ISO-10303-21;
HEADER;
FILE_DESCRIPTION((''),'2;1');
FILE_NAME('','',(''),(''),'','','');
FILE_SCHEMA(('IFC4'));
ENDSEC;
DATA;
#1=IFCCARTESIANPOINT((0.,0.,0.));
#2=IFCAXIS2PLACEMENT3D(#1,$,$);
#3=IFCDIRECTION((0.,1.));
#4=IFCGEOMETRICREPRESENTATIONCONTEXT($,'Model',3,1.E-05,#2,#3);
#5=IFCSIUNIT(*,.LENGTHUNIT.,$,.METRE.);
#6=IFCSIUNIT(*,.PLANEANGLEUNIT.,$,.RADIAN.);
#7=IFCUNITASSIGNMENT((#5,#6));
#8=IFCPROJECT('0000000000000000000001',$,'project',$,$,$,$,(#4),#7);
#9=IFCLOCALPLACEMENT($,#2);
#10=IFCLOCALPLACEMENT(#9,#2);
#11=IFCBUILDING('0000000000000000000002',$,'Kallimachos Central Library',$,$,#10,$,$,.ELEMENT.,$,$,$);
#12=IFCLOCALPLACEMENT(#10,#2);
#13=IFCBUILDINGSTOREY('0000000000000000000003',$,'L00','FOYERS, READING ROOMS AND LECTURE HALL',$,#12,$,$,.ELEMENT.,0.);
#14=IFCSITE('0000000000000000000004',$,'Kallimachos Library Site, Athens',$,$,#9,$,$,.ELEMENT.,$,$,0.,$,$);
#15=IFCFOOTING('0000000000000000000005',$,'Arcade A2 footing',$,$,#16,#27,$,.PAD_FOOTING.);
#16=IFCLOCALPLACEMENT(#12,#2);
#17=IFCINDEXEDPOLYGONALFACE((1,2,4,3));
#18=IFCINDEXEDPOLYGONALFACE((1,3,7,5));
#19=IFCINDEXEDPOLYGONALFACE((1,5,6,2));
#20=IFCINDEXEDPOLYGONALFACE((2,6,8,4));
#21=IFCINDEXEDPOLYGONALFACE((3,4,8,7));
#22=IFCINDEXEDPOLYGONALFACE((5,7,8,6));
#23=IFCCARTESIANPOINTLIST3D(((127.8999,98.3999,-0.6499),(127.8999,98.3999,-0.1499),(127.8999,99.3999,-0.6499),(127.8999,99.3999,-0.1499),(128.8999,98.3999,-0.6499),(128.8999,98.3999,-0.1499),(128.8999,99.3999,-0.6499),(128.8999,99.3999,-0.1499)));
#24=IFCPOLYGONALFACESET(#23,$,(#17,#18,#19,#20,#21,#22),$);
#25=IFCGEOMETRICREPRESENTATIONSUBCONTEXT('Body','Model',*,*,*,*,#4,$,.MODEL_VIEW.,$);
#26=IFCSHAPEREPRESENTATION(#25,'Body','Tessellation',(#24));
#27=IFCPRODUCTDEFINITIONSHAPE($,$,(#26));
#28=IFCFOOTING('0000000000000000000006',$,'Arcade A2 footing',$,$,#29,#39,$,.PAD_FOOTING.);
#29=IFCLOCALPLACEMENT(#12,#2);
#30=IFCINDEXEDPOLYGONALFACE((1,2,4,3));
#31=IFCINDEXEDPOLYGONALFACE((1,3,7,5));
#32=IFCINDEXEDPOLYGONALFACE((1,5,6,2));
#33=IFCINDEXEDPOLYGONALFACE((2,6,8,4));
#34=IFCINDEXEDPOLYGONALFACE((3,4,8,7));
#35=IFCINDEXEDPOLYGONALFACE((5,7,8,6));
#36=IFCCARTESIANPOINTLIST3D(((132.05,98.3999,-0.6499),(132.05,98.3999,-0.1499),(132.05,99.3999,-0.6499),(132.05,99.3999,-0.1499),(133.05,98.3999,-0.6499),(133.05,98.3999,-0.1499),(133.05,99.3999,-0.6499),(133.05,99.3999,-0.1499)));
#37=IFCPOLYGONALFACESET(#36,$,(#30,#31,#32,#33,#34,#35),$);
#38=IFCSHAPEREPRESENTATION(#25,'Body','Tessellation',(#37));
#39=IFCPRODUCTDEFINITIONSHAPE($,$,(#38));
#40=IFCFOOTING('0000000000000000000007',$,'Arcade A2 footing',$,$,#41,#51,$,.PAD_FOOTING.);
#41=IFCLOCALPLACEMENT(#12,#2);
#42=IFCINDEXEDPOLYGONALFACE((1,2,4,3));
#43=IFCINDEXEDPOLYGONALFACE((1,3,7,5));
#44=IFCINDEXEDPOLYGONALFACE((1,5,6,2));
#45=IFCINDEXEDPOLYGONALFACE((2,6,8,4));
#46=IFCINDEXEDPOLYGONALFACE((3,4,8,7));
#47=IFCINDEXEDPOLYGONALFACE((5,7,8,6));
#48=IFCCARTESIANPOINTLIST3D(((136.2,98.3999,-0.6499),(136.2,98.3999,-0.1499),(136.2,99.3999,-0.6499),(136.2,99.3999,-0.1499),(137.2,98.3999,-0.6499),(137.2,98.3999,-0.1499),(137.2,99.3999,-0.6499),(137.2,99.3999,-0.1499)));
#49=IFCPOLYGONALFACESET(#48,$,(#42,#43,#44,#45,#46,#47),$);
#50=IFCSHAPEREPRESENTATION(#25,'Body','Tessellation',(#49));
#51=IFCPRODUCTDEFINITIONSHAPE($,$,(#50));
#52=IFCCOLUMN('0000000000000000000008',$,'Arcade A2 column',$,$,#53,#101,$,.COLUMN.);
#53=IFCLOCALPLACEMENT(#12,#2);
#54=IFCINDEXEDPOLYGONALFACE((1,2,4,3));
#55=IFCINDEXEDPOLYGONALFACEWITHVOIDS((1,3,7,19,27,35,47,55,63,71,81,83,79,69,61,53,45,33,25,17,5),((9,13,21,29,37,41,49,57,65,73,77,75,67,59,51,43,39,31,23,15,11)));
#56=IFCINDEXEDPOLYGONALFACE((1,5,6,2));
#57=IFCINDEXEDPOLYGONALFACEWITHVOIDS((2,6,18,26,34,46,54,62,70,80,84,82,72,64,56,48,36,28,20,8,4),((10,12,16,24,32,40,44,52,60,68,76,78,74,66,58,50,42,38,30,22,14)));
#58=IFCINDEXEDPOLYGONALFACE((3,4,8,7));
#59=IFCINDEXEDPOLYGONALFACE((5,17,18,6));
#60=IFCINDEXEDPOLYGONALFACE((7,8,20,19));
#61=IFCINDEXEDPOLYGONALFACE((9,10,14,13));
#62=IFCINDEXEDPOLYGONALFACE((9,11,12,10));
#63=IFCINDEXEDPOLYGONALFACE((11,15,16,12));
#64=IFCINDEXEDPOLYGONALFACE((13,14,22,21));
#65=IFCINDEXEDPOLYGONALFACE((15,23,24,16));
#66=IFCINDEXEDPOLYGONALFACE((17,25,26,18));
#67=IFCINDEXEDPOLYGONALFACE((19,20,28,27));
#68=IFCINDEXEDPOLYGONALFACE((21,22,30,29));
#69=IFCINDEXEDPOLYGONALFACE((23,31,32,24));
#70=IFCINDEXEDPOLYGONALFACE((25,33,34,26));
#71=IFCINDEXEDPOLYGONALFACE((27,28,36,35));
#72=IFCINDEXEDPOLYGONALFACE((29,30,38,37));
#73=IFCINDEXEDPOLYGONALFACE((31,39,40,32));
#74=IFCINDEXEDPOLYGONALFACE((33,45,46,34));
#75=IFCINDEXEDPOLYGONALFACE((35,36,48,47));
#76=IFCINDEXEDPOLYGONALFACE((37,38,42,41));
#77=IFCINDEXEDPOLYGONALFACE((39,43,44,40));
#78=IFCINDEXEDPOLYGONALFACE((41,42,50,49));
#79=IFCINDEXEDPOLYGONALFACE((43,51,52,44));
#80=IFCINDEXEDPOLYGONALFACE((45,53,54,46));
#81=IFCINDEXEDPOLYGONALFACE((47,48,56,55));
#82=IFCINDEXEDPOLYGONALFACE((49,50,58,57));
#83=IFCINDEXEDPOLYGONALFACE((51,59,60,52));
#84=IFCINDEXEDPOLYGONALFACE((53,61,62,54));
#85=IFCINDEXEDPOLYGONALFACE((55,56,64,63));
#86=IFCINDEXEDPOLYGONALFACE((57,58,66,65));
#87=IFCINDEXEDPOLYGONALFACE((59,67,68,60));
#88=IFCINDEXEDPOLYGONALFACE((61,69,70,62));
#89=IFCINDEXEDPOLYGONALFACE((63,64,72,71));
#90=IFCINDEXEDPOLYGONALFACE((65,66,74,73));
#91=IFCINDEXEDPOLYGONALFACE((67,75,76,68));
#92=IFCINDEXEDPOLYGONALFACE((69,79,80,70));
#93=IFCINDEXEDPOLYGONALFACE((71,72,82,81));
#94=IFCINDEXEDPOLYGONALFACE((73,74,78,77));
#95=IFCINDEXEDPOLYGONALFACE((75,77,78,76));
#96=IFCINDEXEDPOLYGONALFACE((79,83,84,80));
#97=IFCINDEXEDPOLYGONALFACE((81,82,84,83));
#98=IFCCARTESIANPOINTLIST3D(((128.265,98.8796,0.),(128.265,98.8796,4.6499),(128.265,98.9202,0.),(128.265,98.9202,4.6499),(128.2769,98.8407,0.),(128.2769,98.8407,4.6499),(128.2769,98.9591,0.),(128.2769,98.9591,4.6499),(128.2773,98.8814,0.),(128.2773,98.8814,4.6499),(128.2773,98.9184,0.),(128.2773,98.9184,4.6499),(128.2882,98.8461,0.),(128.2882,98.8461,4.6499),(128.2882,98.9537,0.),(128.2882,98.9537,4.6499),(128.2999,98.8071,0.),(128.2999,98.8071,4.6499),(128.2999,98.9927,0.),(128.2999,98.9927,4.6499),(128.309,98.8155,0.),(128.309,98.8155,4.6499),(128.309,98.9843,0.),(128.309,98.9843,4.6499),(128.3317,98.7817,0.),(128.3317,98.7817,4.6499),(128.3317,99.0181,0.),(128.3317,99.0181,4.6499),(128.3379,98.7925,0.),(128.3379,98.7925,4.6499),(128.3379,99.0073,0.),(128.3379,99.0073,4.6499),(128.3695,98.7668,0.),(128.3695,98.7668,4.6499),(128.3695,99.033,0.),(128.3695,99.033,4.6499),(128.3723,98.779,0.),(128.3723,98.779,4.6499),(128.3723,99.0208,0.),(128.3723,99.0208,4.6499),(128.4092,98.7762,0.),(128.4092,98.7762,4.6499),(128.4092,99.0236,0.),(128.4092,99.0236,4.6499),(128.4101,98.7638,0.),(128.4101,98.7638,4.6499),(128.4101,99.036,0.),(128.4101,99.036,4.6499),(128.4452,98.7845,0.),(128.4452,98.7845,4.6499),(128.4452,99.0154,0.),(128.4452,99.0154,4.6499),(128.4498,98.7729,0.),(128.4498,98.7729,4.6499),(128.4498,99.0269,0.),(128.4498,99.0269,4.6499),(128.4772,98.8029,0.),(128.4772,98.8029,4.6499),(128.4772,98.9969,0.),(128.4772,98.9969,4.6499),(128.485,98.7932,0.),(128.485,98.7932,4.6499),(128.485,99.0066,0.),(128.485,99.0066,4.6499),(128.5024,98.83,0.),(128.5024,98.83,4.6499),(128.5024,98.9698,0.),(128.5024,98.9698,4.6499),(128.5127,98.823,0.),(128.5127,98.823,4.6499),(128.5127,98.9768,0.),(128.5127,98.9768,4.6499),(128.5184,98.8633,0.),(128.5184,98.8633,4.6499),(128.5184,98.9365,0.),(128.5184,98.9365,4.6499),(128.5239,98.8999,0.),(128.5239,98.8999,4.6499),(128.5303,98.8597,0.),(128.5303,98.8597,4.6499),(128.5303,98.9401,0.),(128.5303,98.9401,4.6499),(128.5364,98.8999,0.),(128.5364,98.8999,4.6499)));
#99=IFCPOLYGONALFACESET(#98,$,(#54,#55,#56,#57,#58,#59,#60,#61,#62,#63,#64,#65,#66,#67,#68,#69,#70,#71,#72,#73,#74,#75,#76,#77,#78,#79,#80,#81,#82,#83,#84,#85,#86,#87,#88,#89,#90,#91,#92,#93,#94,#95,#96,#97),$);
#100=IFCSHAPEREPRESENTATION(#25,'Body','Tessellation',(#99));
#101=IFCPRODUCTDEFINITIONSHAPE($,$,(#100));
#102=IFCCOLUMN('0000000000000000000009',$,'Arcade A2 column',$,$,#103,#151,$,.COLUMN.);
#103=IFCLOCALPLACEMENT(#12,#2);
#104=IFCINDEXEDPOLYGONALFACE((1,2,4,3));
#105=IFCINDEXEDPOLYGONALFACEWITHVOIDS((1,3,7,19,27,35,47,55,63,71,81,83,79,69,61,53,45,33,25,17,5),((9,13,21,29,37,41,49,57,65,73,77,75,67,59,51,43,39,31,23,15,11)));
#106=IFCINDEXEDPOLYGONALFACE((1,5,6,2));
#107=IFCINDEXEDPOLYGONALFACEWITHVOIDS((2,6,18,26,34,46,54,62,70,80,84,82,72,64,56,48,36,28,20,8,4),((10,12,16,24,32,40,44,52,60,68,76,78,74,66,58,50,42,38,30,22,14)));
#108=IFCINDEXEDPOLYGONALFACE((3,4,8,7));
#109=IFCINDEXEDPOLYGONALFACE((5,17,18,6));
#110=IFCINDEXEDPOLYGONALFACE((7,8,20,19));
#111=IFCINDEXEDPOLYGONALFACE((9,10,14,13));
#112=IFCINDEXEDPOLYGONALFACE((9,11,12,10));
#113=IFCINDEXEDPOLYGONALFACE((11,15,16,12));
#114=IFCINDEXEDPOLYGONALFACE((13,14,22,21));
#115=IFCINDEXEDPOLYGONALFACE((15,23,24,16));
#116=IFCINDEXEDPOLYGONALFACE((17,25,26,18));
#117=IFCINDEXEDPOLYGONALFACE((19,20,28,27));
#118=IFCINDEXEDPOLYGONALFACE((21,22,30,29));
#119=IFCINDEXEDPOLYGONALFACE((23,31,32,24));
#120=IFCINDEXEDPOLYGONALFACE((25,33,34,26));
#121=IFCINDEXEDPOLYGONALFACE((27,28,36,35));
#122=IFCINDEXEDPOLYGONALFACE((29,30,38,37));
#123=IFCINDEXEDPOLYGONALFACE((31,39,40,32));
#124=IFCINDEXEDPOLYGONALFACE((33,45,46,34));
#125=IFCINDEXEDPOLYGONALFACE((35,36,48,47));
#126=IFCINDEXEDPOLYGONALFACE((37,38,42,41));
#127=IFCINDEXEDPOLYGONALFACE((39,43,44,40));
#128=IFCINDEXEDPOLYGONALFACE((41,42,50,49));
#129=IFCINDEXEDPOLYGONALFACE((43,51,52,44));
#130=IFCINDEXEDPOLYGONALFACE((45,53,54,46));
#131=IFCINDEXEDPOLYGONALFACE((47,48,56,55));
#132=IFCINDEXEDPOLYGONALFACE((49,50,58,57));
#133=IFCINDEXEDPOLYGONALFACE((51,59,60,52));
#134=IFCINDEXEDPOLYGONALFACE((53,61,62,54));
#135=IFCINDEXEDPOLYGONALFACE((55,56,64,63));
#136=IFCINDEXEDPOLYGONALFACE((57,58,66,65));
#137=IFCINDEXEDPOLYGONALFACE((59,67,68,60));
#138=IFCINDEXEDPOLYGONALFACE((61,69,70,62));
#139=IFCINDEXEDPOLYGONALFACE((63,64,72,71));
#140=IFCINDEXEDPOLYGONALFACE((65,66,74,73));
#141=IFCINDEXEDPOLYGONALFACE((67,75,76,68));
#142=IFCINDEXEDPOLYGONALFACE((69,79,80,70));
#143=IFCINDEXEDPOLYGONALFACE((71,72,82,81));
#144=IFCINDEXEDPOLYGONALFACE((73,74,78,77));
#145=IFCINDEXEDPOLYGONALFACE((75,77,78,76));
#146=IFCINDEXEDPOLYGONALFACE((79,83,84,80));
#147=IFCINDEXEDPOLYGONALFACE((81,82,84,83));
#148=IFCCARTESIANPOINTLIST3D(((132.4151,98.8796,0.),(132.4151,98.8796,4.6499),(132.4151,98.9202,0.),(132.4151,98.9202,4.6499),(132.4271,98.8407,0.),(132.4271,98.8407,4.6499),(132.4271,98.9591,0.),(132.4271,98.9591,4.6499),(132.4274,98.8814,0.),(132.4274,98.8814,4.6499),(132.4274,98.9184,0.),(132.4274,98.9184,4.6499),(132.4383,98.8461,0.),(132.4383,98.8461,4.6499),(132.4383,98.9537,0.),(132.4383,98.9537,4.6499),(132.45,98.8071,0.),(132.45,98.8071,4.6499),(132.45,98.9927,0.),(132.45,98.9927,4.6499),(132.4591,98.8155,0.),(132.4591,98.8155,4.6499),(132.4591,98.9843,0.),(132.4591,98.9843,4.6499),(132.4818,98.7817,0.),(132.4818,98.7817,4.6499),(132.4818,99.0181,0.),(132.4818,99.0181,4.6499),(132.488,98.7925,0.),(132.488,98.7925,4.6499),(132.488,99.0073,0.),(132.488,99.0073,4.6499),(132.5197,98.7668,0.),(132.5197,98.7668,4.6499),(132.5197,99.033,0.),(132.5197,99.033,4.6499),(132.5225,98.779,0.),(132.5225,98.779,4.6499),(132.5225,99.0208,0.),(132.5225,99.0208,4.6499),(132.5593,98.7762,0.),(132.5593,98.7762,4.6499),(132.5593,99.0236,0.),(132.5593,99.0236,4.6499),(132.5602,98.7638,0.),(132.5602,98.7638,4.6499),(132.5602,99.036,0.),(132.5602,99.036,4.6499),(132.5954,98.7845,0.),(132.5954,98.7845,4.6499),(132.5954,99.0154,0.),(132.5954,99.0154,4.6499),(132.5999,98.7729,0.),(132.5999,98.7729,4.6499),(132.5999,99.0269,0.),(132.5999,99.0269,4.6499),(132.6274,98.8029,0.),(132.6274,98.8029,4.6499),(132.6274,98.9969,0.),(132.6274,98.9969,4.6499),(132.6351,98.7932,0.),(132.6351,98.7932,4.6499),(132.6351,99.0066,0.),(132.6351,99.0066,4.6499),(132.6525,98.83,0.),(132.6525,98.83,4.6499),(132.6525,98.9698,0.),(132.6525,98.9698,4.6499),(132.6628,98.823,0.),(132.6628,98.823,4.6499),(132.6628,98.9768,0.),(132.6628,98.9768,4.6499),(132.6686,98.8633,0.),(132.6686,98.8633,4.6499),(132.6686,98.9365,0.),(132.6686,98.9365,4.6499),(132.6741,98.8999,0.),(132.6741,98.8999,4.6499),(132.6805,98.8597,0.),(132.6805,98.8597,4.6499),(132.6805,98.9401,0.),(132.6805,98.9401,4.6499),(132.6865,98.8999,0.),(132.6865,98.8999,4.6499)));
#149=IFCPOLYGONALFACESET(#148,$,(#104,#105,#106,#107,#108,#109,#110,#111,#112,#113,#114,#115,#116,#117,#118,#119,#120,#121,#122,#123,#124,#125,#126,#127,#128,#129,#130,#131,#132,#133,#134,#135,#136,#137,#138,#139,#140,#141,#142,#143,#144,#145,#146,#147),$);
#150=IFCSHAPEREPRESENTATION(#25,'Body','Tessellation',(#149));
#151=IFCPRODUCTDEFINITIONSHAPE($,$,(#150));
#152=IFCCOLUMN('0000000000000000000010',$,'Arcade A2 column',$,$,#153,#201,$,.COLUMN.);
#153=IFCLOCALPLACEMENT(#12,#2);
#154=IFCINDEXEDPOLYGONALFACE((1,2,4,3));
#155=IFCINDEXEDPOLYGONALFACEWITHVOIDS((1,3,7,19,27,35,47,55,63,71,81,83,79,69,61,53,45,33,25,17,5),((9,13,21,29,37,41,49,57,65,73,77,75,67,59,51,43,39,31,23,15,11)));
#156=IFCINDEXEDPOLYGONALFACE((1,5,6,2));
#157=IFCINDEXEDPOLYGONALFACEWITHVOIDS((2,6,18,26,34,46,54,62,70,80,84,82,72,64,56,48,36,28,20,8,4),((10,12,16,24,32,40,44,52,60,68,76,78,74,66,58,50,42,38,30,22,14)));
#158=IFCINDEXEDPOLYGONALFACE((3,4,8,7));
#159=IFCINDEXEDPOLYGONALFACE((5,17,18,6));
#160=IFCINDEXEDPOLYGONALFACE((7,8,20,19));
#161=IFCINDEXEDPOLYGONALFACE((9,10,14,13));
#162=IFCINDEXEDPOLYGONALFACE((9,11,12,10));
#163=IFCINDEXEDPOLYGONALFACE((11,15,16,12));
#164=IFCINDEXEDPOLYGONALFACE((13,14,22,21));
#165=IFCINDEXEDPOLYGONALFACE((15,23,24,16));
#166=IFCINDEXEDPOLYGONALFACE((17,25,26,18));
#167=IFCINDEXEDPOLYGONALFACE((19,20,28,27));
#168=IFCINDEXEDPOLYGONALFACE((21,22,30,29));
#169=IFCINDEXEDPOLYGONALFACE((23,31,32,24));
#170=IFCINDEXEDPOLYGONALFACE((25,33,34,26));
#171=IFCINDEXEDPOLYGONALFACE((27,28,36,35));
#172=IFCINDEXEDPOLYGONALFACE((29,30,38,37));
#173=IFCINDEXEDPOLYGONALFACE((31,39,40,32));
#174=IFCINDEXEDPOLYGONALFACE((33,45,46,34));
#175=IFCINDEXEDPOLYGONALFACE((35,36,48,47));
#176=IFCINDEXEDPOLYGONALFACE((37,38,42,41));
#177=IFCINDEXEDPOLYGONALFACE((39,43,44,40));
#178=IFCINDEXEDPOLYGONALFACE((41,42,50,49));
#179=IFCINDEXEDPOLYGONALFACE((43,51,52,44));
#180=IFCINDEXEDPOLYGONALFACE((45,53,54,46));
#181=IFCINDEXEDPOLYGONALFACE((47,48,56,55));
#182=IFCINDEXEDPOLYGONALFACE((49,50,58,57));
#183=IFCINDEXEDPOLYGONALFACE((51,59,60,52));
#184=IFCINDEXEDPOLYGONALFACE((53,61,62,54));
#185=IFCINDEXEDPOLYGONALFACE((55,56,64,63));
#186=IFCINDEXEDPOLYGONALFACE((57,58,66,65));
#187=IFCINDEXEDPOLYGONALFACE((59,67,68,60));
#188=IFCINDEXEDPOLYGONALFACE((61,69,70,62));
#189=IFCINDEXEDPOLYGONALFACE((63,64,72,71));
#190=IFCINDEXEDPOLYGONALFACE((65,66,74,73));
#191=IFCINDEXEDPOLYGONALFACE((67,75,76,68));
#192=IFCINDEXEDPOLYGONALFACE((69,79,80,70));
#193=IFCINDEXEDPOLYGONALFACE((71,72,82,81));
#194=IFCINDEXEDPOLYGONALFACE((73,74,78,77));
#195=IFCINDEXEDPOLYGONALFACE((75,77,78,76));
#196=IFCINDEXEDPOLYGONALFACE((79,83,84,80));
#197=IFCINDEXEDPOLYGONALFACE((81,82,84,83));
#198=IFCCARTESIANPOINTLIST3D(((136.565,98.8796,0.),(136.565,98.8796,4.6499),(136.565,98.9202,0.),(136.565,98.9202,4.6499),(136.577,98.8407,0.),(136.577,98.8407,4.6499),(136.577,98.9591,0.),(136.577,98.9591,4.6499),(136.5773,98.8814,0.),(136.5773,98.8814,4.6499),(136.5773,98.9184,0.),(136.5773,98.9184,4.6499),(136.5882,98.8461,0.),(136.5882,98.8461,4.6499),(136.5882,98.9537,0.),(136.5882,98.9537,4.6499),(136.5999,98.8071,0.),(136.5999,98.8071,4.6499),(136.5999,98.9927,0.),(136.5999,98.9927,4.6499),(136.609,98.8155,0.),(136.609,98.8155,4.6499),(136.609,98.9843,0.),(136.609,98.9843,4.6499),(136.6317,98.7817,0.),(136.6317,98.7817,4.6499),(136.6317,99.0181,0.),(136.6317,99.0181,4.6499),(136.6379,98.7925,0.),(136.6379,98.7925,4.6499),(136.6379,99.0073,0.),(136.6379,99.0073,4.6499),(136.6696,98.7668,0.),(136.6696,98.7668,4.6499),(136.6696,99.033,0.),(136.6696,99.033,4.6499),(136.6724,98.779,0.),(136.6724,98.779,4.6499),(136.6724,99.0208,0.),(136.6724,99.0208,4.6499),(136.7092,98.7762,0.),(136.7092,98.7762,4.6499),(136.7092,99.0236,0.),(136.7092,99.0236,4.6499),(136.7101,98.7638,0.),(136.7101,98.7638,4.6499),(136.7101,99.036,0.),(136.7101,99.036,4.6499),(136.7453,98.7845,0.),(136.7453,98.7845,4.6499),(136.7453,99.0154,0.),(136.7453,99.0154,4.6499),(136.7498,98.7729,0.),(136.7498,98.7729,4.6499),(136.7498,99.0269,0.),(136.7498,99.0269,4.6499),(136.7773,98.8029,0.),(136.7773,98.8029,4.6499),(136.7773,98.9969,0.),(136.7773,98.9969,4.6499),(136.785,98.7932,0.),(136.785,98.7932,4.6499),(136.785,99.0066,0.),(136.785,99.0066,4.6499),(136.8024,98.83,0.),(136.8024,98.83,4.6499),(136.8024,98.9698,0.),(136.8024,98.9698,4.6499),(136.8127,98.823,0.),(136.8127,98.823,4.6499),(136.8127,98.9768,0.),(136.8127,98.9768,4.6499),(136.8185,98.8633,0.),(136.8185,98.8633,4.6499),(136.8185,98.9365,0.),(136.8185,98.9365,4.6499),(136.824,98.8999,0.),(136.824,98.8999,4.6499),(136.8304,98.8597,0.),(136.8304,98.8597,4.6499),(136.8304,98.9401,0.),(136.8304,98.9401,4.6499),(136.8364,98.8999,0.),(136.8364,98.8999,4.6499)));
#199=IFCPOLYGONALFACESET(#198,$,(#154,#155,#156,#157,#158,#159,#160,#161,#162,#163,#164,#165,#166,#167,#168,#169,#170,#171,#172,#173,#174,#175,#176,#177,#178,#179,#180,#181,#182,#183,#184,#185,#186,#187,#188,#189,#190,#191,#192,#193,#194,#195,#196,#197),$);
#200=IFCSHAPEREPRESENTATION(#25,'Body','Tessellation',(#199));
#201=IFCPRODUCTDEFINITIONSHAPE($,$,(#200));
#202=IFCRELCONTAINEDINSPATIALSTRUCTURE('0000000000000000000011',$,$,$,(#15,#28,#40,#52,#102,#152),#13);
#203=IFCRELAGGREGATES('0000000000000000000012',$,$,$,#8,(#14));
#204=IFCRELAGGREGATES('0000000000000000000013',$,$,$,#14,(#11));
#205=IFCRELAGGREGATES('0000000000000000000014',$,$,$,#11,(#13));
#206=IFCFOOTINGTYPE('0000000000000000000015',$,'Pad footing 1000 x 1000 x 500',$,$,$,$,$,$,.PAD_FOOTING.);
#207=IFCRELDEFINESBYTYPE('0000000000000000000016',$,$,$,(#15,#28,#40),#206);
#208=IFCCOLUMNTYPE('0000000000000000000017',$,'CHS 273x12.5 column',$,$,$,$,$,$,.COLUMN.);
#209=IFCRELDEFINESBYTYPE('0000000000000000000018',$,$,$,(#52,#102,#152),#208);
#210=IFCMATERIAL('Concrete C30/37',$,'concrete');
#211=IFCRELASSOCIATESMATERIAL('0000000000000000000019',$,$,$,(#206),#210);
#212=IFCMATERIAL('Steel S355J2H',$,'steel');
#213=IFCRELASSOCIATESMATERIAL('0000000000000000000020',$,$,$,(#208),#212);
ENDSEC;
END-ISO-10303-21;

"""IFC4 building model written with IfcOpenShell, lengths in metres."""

from ifc_helpers import new_model, si_unit, direction, frame, origin, origin_2d, place, context, subcontext, project, spatial, rectangle, hollow_circle, extrude, material, material_profile, profile_set, type_object, element, save


model = new_model("IFC4")

# Units and contexts
model_context = context("Model", 3, precision=1e-05, world=origin(), true_north=direction((0.0, 1.0)))
body_context = subcontext(model_context, "Body", "Model", "MODEL_VIEW")
ifc_project = project(units=[si_unit("LENGTHUNIT", "METRE"), si_unit("PLANEANGLEUNIT", "RADIAN")], contexts=[model_context])

# Site, building, storey
site_placement = place(None, origin())
site = spatial("IfcSite", under=ifc_project, at=site_placement, Name="Kallimachos Library Site, Athens", CompositionType="ELEMENT", RefElevation=0.0)
building_placement = place(site_placement, origin())
building = spatial("IfcBuilding", under=site, at=building_placement, Name="Kallimachos Central Library", CompositionType="ELEMENT")
storey_placement = place(building_placement, origin())
storey = spatial("IfcBuildingStorey", under=building, at=storey_placement, Name="L00", Description="FOYERS, READING ROOMS AND LECTURE HALL", CompositionType="ELEMENT", Elevation=0.0)

# Footings
ifc_material_1 = material(Name="Concrete C30/37", Category="concrete")
footing_type = type_object("IfcFootingType", Name="Pad footing 1000 x 1000 x 500", PredefinedType="PAD_FOOTING", material=ifc_material_1)
for number, where, z_axis, x_axis, name in (
    (1, (128.3999, 98.8999, -0.6499), (0.0, 0.0, 1.0), (1.0, 0.0, 0.0), "Arcade A2 footing"),
    (2, (132.55, 98.8999, -0.6499), (0.0, 0.0, 1.0), (1.0, 0.0, 0.0), "Arcade A2 footing"),
    (3, (136.7, 98.8999, -0.6499), (0.0, 0.0, 1.0), (1.0, 0.0, 0.0), "Arcade A2 footing"),
):
    element("IfcFooting", number, at=place(storey_placement, frame(where, z_axis=z_axis, x_axis=x_axis)), inside=storey, type_object=footing_type, Name=name, PredefinedType="PAD_FOOTING", context=body_context, shape_type="SweptSolid", body=[
        extrude(rectangle(XDim=1.0, YDim=1.0, at=origin_2d()), origin(), (0.0, 0.0, 1.0), 0.5),
    ])

# Columns
ifc_material_2 = material(Name="Steel S355J2H", Category="steel")
ifc_material_profile_1 = material_profile(ifc_material_2, hollow_circle(Radius=0.1365, WallThickness=0.0125, at=origin_2d()), Name="CHS 273x12.5")
ifc_profile_set_1 = profile_set([ifc_material_profile_1], Name="Steel S355J2H")
column_type = type_object("IfcColumnType", Name="CHS 273x12.5 column", PredefinedType="COLUMN", material=ifc_profile_set_1)
for number, where, z_axis, x_axis, name in (
    (4, (128.3999, 98.8999, 0.0), (0.0, 0.0, 1.0), (1.0, 0.0, 0.0), "Arcade A2 column"),
    (5, (132.55, 98.8999, 0.0), (0.0, 0.0, 1.0), (1.0, 0.0, 0.0), "Arcade A2 column"),
    (6, (136.7, 98.8999, 0.0), (0.0, 0.0, 1.0), (1.0, 0.0, 0.0), "Arcade A2 column"),
):
    element("IfcColumn", number, at=place(storey_placement, frame(where, z_axis=z_axis, x_axis=x_axis)), inside=storey, type_object=column_type, Name=name, PredefinedType="COLUMN", context=body_context, shape_type="SweptSolid", body=[
        extrude(hollow_circle(Radius=0.1365, WallThickness=0.0125, at=origin_2d()), origin(), (0.0, 0.0, 1.0), 4.6499),
    ])

save(model, "model.ifc")
